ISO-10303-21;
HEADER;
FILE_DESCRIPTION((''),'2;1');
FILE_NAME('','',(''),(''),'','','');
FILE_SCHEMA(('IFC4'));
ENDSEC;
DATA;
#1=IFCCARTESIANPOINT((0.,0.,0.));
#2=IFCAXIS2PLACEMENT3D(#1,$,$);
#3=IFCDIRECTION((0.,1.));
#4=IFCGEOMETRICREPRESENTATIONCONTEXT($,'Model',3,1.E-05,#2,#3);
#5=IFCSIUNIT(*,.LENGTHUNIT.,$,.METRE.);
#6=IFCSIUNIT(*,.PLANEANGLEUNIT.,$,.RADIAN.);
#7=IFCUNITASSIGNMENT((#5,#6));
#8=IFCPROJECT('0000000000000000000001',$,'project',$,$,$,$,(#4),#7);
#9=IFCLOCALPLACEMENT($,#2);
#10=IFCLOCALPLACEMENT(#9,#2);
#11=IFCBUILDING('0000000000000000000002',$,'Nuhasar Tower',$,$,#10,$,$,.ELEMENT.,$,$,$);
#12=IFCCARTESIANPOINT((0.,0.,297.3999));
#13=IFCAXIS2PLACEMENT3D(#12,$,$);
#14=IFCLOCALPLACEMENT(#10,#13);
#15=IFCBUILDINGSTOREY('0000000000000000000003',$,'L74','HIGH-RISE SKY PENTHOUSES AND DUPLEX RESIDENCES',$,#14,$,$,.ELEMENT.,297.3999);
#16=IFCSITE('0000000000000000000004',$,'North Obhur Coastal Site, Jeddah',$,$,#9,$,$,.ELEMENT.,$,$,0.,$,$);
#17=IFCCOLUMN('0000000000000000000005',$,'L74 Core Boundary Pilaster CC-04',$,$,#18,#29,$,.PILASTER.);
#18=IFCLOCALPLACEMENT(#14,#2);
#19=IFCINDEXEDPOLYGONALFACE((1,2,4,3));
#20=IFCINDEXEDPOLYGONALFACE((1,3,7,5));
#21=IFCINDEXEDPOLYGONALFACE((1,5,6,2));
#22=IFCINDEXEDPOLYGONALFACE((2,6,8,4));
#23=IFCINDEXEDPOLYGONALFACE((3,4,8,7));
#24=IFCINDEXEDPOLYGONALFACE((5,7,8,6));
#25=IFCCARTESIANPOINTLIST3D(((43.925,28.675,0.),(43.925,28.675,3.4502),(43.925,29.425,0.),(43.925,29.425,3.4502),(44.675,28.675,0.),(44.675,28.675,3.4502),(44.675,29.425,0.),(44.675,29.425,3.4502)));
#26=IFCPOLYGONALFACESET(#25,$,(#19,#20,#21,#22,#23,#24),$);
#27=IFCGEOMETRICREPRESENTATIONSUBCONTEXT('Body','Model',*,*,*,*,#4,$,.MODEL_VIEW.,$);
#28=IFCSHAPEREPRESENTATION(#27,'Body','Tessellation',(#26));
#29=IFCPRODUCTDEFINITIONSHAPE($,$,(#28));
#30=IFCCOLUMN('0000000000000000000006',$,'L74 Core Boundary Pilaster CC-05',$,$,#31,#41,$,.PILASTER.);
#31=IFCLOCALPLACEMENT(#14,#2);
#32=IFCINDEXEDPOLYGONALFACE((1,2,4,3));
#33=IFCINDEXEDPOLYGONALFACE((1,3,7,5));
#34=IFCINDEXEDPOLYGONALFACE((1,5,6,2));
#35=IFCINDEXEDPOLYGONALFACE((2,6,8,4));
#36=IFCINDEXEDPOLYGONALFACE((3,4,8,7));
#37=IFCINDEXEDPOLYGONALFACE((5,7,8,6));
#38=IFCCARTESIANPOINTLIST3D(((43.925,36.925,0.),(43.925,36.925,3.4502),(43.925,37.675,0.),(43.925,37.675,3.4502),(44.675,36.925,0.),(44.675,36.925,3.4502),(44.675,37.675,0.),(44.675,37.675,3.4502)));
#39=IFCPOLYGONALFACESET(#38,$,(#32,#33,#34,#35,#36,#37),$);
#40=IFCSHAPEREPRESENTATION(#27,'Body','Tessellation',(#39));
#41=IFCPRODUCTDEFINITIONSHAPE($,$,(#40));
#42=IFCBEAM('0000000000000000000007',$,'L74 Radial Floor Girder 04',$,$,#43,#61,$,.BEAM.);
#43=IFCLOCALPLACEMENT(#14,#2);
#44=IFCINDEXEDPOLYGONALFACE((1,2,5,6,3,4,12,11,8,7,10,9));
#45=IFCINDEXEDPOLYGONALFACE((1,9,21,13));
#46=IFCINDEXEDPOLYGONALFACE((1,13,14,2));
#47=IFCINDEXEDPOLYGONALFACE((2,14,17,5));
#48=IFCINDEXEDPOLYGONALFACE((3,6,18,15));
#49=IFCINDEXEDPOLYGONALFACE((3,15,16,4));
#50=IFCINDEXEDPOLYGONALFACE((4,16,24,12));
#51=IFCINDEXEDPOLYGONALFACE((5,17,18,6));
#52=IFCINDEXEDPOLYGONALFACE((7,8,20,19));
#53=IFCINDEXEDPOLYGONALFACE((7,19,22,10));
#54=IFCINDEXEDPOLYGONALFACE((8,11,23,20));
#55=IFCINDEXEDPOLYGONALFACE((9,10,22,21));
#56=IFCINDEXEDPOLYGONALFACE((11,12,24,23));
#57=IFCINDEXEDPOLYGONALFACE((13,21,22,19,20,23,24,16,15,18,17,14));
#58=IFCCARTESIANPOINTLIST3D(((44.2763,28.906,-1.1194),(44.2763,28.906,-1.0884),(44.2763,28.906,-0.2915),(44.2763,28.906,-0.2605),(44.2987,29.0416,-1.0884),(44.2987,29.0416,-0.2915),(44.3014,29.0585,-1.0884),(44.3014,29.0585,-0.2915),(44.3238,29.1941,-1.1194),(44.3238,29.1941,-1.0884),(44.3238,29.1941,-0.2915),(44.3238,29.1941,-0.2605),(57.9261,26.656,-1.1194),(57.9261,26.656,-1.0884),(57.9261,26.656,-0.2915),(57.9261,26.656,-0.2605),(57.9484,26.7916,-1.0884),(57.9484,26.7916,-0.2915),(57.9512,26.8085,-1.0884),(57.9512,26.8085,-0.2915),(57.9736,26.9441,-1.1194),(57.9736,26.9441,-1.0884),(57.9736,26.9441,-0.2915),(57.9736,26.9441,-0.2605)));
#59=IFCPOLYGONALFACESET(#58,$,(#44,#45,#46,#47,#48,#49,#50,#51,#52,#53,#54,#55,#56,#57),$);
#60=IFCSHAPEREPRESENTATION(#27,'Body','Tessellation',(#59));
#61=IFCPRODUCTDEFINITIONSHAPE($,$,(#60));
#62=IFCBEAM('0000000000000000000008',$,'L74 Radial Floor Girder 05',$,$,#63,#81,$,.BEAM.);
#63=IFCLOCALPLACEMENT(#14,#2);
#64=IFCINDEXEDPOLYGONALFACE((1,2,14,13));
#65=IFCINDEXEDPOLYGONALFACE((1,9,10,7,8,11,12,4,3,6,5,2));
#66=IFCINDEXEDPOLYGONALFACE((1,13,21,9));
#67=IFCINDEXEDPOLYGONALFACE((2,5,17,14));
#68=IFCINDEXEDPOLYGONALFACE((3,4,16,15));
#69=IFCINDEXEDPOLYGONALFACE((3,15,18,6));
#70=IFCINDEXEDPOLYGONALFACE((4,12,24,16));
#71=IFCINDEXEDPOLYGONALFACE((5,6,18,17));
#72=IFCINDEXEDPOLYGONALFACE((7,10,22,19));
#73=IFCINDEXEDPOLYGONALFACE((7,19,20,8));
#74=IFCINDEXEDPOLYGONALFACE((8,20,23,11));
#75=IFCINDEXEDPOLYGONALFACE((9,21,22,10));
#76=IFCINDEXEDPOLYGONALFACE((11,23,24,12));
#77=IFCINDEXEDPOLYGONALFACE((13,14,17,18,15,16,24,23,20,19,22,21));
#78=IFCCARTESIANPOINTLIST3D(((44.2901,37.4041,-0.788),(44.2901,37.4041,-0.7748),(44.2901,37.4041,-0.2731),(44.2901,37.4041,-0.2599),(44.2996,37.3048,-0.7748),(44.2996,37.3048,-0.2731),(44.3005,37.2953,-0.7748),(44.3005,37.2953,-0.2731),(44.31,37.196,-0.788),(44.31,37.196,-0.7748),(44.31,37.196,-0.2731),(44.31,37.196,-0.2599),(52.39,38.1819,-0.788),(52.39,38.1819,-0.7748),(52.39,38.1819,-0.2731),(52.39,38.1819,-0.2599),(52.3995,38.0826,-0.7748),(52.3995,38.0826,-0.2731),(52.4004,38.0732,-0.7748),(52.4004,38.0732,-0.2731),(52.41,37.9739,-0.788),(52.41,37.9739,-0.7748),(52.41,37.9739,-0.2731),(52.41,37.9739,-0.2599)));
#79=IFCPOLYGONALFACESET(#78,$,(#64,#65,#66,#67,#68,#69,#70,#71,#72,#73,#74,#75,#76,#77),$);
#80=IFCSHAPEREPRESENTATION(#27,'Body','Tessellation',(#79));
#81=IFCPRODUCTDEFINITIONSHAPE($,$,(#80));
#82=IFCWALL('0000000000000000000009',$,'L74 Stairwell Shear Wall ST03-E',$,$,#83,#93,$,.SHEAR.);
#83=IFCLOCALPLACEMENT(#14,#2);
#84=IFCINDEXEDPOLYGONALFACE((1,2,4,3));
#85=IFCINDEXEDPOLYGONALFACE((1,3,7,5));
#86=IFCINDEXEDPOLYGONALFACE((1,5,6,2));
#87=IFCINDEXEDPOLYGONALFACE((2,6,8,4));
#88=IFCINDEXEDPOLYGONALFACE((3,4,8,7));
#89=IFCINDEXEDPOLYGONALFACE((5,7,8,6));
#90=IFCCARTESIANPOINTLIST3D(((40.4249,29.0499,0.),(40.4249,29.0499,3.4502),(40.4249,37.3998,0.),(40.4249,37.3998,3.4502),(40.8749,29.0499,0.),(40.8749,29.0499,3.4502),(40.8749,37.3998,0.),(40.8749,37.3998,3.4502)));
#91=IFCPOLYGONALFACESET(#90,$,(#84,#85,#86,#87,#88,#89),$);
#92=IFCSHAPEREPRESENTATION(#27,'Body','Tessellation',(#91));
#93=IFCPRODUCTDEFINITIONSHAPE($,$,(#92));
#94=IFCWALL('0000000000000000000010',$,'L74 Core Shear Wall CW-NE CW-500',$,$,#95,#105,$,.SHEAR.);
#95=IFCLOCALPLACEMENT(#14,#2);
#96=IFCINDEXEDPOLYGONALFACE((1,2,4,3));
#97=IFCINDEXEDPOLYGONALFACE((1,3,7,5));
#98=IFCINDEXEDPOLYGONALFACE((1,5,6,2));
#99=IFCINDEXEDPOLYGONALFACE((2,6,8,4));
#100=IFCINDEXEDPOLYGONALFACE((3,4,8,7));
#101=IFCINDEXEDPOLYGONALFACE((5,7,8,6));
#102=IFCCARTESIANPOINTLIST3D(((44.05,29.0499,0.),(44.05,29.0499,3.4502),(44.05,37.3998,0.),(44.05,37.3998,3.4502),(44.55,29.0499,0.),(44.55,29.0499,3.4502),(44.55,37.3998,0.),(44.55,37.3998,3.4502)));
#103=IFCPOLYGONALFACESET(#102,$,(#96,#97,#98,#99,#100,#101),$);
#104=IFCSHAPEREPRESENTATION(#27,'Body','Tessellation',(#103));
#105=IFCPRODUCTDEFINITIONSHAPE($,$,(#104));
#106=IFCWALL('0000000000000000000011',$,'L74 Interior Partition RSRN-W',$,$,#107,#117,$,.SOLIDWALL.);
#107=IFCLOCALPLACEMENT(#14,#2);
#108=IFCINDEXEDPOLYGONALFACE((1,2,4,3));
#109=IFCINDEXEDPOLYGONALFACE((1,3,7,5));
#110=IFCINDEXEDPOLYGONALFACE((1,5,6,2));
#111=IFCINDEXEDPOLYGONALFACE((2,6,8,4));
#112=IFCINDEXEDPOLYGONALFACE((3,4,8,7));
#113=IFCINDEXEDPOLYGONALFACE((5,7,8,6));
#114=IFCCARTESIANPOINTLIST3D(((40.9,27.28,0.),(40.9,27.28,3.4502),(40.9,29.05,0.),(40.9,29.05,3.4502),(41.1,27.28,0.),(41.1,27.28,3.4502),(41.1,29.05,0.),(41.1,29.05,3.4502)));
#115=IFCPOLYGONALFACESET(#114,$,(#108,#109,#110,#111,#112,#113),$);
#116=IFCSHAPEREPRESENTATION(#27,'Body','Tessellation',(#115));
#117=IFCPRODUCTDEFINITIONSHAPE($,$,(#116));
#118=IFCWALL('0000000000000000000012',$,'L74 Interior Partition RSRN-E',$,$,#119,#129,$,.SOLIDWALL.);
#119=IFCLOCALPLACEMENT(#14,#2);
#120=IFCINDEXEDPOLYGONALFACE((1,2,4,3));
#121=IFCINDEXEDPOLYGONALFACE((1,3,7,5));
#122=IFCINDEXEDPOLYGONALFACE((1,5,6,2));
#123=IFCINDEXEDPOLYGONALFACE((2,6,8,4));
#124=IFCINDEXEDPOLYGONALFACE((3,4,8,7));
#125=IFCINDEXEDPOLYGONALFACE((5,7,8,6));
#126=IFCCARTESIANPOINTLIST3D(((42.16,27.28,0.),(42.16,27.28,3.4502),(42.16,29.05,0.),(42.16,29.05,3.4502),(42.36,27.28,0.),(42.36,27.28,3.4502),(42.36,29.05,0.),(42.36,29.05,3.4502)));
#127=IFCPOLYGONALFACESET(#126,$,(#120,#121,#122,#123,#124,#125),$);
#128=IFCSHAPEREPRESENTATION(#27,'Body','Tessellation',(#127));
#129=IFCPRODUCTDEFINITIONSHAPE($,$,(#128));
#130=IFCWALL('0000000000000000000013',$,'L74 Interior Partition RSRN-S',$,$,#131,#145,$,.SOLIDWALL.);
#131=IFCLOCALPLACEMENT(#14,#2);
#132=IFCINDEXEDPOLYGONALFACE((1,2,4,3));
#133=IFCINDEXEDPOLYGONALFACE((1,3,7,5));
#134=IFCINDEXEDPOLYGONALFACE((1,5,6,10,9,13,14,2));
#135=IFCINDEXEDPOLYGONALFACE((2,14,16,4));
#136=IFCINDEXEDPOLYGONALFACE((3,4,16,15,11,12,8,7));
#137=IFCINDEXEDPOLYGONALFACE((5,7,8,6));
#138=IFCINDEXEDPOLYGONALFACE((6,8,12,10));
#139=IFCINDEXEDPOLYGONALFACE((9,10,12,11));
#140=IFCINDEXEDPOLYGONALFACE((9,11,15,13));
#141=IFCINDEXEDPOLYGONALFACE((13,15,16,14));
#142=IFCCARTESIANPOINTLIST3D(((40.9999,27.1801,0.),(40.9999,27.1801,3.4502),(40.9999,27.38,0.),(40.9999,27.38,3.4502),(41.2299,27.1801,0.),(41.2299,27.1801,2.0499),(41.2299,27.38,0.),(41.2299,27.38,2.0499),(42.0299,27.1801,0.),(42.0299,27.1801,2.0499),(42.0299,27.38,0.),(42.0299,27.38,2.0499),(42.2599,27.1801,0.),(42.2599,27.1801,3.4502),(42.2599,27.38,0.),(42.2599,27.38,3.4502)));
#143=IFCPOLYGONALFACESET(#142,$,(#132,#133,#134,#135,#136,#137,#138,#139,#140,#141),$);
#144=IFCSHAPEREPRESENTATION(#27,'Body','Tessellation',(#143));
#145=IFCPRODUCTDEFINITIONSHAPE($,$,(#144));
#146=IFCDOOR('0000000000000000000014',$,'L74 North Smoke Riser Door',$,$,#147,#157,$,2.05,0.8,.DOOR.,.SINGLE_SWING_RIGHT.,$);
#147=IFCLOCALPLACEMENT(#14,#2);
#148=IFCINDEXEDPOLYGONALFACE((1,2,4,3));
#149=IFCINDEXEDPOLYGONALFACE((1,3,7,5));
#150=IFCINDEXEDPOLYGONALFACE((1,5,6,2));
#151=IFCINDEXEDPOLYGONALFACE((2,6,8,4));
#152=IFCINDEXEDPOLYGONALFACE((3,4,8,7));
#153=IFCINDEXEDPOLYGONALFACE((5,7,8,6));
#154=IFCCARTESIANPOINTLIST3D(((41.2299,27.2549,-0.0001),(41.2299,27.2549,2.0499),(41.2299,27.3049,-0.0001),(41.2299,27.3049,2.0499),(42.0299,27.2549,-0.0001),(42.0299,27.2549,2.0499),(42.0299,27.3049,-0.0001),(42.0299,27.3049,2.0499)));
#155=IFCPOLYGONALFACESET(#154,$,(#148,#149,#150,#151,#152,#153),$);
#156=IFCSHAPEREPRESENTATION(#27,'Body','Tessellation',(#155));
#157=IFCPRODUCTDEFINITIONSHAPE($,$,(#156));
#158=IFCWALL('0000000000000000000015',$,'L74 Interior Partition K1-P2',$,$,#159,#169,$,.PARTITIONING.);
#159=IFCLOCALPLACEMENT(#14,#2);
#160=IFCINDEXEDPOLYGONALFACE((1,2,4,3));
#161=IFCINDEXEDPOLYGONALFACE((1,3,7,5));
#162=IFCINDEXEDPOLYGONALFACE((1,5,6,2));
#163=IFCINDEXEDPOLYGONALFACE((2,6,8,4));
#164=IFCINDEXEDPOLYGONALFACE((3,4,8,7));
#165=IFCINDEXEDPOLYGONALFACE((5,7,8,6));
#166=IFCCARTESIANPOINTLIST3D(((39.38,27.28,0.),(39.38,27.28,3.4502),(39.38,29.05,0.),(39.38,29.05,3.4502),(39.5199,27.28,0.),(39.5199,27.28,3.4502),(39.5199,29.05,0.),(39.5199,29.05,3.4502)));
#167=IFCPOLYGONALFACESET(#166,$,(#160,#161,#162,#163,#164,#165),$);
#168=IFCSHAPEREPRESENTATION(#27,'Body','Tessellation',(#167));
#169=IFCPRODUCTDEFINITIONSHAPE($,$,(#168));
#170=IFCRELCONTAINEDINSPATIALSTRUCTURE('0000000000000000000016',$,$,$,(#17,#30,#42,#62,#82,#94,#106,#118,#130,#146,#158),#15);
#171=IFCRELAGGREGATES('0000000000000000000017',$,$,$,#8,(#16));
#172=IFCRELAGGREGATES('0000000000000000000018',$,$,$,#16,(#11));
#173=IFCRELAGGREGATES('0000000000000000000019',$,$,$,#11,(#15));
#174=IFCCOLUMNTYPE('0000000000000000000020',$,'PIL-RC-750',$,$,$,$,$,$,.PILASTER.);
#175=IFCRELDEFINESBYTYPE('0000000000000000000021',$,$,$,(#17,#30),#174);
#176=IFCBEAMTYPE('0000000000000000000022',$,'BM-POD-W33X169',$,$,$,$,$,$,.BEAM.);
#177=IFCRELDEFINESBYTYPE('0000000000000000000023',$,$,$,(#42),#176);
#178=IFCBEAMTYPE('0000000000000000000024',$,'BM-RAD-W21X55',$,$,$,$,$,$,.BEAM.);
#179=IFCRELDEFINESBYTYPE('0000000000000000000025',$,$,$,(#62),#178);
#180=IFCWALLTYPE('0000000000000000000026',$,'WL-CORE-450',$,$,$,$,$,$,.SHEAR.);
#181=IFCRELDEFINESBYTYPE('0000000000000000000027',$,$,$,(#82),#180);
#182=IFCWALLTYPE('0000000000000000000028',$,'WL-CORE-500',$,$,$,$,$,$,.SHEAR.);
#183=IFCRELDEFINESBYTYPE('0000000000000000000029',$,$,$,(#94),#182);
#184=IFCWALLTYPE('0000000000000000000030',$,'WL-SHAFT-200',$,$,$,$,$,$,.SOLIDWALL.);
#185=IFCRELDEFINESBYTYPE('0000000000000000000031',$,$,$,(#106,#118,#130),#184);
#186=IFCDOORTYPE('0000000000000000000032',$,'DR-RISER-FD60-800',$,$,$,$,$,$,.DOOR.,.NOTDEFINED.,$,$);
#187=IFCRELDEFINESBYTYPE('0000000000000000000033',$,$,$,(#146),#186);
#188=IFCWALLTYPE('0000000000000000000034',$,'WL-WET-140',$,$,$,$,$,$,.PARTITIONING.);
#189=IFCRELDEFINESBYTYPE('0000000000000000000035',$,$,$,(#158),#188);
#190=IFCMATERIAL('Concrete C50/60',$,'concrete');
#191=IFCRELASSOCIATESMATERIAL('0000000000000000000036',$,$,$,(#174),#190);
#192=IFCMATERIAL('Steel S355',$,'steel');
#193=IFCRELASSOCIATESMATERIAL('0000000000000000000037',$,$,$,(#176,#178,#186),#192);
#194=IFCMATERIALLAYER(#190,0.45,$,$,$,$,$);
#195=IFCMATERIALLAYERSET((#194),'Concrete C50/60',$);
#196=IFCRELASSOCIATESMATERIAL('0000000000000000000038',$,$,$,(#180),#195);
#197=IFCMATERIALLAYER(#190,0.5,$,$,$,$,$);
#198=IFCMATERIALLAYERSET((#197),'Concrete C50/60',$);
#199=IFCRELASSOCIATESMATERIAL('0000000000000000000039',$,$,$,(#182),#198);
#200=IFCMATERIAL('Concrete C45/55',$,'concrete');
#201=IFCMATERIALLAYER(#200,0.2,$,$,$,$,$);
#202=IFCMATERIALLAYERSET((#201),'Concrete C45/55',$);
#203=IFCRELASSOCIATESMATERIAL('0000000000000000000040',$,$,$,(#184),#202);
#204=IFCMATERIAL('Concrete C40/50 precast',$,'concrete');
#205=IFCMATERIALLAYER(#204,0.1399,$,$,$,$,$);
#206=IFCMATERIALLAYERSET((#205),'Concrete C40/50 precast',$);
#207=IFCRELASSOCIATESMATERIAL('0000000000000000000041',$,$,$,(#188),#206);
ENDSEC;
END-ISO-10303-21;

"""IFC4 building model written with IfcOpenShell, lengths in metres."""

from ifc_helpers import new_model, si_unit, direction, frame, frame_2d, origin, origin_2d, place, context, subcontext, project, spatial, rectangle, i_section, extrude, material, layer, layer_set, material_profile, profile_set, type_object, element, fill, save


model = new_model("IFC4")

# Units and contexts
model_context = context("Model", 3, precision=1e-05, world=origin(), true_north=direction((0.0, 1.0)))
body_context = subcontext(model_context, "Body", "Model", "MODEL_VIEW")
ifc_project = project(units=[si_unit("LENGTHUNIT", "METRE"), si_unit("PLANEANGLEUNIT", "RADIAN")], contexts=[model_context])

# Site, building, storey
site_placement = place(None, origin())
site = spatial("IfcSite", under=ifc_project, at=site_placement, Name="North Obhur Coastal Site, Jeddah", CompositionType="ELEMENT", RefElevation=0.0)
building_placement = place(site_placement, origin())
building = spatial("IfcBuilding", under=site, at=building_placement, Name="Nuhasar Tower", CompositionType="ELEMENT")
storey_placement = place(building_placement, frame((0.0, 0.0, 297.3999)))
storey = spatial("IfcBuildingStorey", under=building, at=storey_placement, Name="L74", Description="HIGH-RISE SKY PENTHOUSES AND DUPLEX RESIDENCES", CompositionType="ELEMENT", Elevation=297.3999)

# Columns
ifc_material_1 = material(Name="Concrete C50/60", Category="concrete")
ifc_material_profile_1 = material_profile(ifc_material_1, rectangle(XDim=0.75, YDim=0.75, at=origin_2d()), Name="RC750X750")
ifc_profile_set_1 = profile_set([ifc_material_profile_1], Name="Concrete C50/60")
column_type = type_object("IfcColumnType", Name="PIL-RC-750", PredefinedType="PILASTER", material=ifc_profile_set_1)
for number, where, z_axis, x_axis, name in (
    (1, (44.3, 29.05, 0.0), (0.0, 0.0, 1.0), (1.0, 0.0, 0.0), "L74 Core Boundary Pilaster CC-04"),
    (2, (44.3, 37.3, 0.0), (0.0, 0.0, 1.0), (1.0, 0.0, 0.0), "L74 Core Boundary Pilaster CC-05"),
):
    element("IfcColumn", number, at=place(storey_placement, frame(where, z_axis=z_axis, x_axis=x_axis)), inside=storey, type_object=column_type, Name=name, PredefinedType="PILASTER", context=body_context, shape_type="SweptSolid", body=[
        extrude(rectangle(XDim=0.75, YDim=0.75, at=origin_2d()), origin(), (0.0, 0.0, 1.0), 3.4502),
    ])

# Beams
ifc_material_2 = material(Name="Steel S355", Category="steel")
ifc_material_profile_2 = material_profile(ifc_material_2, i_section(OverallWidth=0.292, OverallDepth=0.8589, WebThickness=0.0171, FlangeThickness=0.031, at=origin_2d()), Name="W33X169")
ifc_profile_set_2 = profile_set([ifc_material_profile_2], Name="Steel S355")
beam_type_1 = type_object("IfcBeamType", Name="BM-POD-W33X169", PredefinedType="BEAM", material=ifc_profile_set_2)
beam_1_placement = place(storey_placement, frame((44.3, 29.05, -0.6899), z_axis=(0.986685, -0.162642, 0.0), x_axis=(0.162642, 0.986685, 0.0)))
element("IfcBeam", 3, at=beam_1_placement, inside=storey, type_object=beam_type_1, Name="L74 Radial Floor Girder 04", PredefinedType="BEAM", context=body_context, shape_type="SweptSolid", body=[
    extrude(i_section(OverallWidth=0.292, OverallDepth=0.8589, WebThickness=0.0171, FlangeThickness=0.031, at=origin_2d()), origin(), (0.0, 0.0, 1.0), 13.834),
])
ifc_material_profile_3 = material_profile(ifc_material_2, i_section(OverallWidth=0.209, OverallDepth=0.5281, WebThickness=0.0095, FlangeThickness=0.0132, at=origin_2d()), Name="W21X55")
ifc_profile_set_3 = profile_set([ifc_material_profile_3], Name="Steel S355")
beam_type_2 = type_object("IfcBeamType", Name="BM-RAD-W21X55", PredefinedType="BEAM", material=ifc_profile_set_3)
beam_2_placement = place(storey_placement, frame((44.3, 37.3, -0.5239), z_axis=(0.995421, 0.095591, 0.0), x_axis=(-0.095591, 0.995421, 0.0)))
element("IfcBeam", 4, at=beam_2_placement, inside=storey, type_object=beam_type_2, Name="L74 Radial Floor Girder 05", PredefinedType="BEAM", context=body_context, shape_type="SweptSolid", body=[
    extrude(i_section(OverallWidth=0.209, OverallDepth=0.5281, WebThickness=0.0095, FlangeThickness=0.0132, at=origin_2d()), origin(), (0.0, 0.0, 1.0), 8.1372),
])

# Shared definitions
ifc_layer_1 = layer(ifc_material_1, 0.45)
ifc_layer_set_1 = layer_set([ifc_layer_1], Name="Concrete C50/60")
wall_type_1 = type_object("IfcWallType", Name="WL-CORE-450", PredefinedType="SHEAR", material=ifc_layer_set_1)

# Walls
wall_1_placement = place(storey_placement, frame((40.6499, 29.05, 0.0), z_axis=(0.0, 0.0, 1.0), x_axis=(0.0, 1.0, 0.0)))
element("IfcWall", 5, at=wall_1_placement, inside=storey, type_object=wall_type_1, Name="L74 Stairwell Shear Wall ST03-E", PredefinedType="SHEAR", context=body_context, shape_type="SweptSolid", body=[
    extrude(rectangle(XDim=8.3499, YDim=0.45, at=frame_2d((4.1748, 0.0))), origin(), (0.0, 0.0, 1.0), 3.4502),
])
ifc_layer_2 = layer(ifc_material_1, 0.5)
ifc_layer_set_2 = layer_set([ifc_layer_2], Name="Concrete C50/60")
wall_type_2 = type_object("IfcWallType", Name="WL-CORE-500", PredefinedType="SHEAR", material=ifc_layer_set_2)
wall_2_placement = place(storey_placement, frame((44.3, 29.05, 0.0), z_axis=(0.0, 0.0, 1.0), x_axis=(0.0, 1.0, 0.0)))
element("IfcWall", 6, at=wall_2_placement, inside=storey, type_object=wall_type_2, Name="L74 Core Shear Wall CW-NE CW-500", PredefinedType="SHEAR", context=body_context, shape_type="SweptSolid", body=[
    extrude(rectangle(XDim=8.3499, YDim=0.5, at=frame_2d((4.1748, 0.0))), origin(), (0.0, 0.0, 1.0), 3.4502),
])
ifc_material_3 = material(Name="Concrete C45/55", Category="concrete")
ifc_layer_3 = layer(ifc_material_3, 0.2)
ifc_layer_set_3 = layer_set([ifc_layer_3], Name="Concrete C45/55")
wall_type_3 = type_object("IfcWallType", Name="WL-SHAFT-200", PredefinedType="SOLIDWALL", material=ifc_layer_set_3)
for number, where, z_axis, x_axis, name in (
    (7, (41.0, 27.28, 0.0), (0.0, 0.0, 1.0), (0.0, 1.0, 0.0), "L74 Interior Partition RSRN-W"),
    (8, (42.26, 27.28, 0.0), (0.0, 0.0, 1.0), (0.0, 1.0, 0.0), "L74 Interior Partition RSRN-E"),
):
    element("IfcWall", number, at=place(storey_placement, frame(where, z_axis=z_axis, x_axis=x_axis)), inside=storey, type_object=wall_type_3, Name=name, PredefinedType="SOLIDWALL", context=body_context, shape_type="SweptSolid", body=[
        extrude(rectangle(XDim=1.77, YDim=0.2, at=frame_2d((0.885, 0.0))), origin(), (0.0, 0.0, 1.0), 3.4502),
    ])

# Wall, opening, door
wall_3_placement = place(storey_placement, frame((41.0, 27.28, 0.0), z_axis=(0.0, 0.0, 1.0), x_axis=(1.0, 0.0, 0.0)))
wall_3 = element("IfcWall", 9, at=wall_3_placement, inside=storey, type_object=wall_type_3, Name="L74 Interior Partition RSRN-S", PredefinedType="SOLIDWALL", context=body_context, shape_type="SweptSolid", body=[
    extrude(rectangle(XDim=1.26, YDim=0.2, at=frame_2d((0.6299, 0.0))), origin(), (0.0, 0.0, 1.0), 3.4502),
])
opening_1_placement = place(wall_3_placement, frame((0.23, 0.0, 0.0)))
opening_1 = element("IfcOpeningElement", 10, at=opening_1_placement, cuts=wall_3, PredefinedType="OPENING", context=body_context, shape_type="SweptSolid", body=[
    extrude(rectangle(XDim=0.8, YDim=2.05, at=frame_2d((0.3999, 1.0249))), frame((0.0, 0.1099, 0.0), z_axis=(0.0, -1.0, 0.0), x_axis=(1.0, 0.0, 0.0)), (0.0, 0.0, 1.0), 0.22),
])
door_type_1 = type_object("IfcDoorType", Name="DR-RISER-FD60-800", OperationType="NOTDEFINED", PredefinedType="DOOR", material=ifc_material_2)
door_1_placement = place(opening_1_placement, origin())
door_1 = element("IfcDoor", 11, at=door_1_placement, inside=storey, type_object=door_type_1, Name="L74 North Smoke Riser Door", OperationType="SINGLE_SWING_RIGHT", OverallHeight=2.05, OverallWidth=0.8, PredefinedType="DOOR", context=body_context, shape_type="SweptSolid", body=[
    extrude(rectangle(XDim=0.8, YDim=2.05, at=frame_2d((0.3999, 1.0249))), frame((0.0, 0.0249, 0.0), z_axis=(0.0, -1.0, 0.0), x_axis=(1.0, 0.0, 0.0)), (0.0, 0.0, 1.0), 0.05),
])
fill(opening_1, door_1)

# Wall
ifc_material_4 = material(Name="Concrete C40/50 precast", Category="concrete")
ifc_layer_4 = layer(ifc_material_4, 0.1399)
ifc_layer_set_4 = layer_set([ifc_layer_4], Name="Concrete C40/50 precast")
wall_type_4 = type_object("IfcWallType", Name="WL-WET-140", PredefinedType="PARTITIONING", material=ifc_layer_set_4)
wall_4_placement = place(storey_placement, frame((39.45, 27.28, 0.0), z_axis=(0.0, 0.0, 1.0), x_axis=(0.0, 1.0, 0.0)))
element("IfcWall", 12, at=wall_4_placement, inside=storey, type_object=wall_type_4, Name="L74 Interior Partition K1-P2", PredefinedType="PARTITIONING", context=body_context, shape_type="SweptSolid", body=[
    extrude(rectangle(XDim=1.77, YDim=0.1399, at=frame_2d((0.885, 0.0))), origin(), (0.0, 0.0, 1.0), 3.4502),
])

save(model, "model.ifc")
